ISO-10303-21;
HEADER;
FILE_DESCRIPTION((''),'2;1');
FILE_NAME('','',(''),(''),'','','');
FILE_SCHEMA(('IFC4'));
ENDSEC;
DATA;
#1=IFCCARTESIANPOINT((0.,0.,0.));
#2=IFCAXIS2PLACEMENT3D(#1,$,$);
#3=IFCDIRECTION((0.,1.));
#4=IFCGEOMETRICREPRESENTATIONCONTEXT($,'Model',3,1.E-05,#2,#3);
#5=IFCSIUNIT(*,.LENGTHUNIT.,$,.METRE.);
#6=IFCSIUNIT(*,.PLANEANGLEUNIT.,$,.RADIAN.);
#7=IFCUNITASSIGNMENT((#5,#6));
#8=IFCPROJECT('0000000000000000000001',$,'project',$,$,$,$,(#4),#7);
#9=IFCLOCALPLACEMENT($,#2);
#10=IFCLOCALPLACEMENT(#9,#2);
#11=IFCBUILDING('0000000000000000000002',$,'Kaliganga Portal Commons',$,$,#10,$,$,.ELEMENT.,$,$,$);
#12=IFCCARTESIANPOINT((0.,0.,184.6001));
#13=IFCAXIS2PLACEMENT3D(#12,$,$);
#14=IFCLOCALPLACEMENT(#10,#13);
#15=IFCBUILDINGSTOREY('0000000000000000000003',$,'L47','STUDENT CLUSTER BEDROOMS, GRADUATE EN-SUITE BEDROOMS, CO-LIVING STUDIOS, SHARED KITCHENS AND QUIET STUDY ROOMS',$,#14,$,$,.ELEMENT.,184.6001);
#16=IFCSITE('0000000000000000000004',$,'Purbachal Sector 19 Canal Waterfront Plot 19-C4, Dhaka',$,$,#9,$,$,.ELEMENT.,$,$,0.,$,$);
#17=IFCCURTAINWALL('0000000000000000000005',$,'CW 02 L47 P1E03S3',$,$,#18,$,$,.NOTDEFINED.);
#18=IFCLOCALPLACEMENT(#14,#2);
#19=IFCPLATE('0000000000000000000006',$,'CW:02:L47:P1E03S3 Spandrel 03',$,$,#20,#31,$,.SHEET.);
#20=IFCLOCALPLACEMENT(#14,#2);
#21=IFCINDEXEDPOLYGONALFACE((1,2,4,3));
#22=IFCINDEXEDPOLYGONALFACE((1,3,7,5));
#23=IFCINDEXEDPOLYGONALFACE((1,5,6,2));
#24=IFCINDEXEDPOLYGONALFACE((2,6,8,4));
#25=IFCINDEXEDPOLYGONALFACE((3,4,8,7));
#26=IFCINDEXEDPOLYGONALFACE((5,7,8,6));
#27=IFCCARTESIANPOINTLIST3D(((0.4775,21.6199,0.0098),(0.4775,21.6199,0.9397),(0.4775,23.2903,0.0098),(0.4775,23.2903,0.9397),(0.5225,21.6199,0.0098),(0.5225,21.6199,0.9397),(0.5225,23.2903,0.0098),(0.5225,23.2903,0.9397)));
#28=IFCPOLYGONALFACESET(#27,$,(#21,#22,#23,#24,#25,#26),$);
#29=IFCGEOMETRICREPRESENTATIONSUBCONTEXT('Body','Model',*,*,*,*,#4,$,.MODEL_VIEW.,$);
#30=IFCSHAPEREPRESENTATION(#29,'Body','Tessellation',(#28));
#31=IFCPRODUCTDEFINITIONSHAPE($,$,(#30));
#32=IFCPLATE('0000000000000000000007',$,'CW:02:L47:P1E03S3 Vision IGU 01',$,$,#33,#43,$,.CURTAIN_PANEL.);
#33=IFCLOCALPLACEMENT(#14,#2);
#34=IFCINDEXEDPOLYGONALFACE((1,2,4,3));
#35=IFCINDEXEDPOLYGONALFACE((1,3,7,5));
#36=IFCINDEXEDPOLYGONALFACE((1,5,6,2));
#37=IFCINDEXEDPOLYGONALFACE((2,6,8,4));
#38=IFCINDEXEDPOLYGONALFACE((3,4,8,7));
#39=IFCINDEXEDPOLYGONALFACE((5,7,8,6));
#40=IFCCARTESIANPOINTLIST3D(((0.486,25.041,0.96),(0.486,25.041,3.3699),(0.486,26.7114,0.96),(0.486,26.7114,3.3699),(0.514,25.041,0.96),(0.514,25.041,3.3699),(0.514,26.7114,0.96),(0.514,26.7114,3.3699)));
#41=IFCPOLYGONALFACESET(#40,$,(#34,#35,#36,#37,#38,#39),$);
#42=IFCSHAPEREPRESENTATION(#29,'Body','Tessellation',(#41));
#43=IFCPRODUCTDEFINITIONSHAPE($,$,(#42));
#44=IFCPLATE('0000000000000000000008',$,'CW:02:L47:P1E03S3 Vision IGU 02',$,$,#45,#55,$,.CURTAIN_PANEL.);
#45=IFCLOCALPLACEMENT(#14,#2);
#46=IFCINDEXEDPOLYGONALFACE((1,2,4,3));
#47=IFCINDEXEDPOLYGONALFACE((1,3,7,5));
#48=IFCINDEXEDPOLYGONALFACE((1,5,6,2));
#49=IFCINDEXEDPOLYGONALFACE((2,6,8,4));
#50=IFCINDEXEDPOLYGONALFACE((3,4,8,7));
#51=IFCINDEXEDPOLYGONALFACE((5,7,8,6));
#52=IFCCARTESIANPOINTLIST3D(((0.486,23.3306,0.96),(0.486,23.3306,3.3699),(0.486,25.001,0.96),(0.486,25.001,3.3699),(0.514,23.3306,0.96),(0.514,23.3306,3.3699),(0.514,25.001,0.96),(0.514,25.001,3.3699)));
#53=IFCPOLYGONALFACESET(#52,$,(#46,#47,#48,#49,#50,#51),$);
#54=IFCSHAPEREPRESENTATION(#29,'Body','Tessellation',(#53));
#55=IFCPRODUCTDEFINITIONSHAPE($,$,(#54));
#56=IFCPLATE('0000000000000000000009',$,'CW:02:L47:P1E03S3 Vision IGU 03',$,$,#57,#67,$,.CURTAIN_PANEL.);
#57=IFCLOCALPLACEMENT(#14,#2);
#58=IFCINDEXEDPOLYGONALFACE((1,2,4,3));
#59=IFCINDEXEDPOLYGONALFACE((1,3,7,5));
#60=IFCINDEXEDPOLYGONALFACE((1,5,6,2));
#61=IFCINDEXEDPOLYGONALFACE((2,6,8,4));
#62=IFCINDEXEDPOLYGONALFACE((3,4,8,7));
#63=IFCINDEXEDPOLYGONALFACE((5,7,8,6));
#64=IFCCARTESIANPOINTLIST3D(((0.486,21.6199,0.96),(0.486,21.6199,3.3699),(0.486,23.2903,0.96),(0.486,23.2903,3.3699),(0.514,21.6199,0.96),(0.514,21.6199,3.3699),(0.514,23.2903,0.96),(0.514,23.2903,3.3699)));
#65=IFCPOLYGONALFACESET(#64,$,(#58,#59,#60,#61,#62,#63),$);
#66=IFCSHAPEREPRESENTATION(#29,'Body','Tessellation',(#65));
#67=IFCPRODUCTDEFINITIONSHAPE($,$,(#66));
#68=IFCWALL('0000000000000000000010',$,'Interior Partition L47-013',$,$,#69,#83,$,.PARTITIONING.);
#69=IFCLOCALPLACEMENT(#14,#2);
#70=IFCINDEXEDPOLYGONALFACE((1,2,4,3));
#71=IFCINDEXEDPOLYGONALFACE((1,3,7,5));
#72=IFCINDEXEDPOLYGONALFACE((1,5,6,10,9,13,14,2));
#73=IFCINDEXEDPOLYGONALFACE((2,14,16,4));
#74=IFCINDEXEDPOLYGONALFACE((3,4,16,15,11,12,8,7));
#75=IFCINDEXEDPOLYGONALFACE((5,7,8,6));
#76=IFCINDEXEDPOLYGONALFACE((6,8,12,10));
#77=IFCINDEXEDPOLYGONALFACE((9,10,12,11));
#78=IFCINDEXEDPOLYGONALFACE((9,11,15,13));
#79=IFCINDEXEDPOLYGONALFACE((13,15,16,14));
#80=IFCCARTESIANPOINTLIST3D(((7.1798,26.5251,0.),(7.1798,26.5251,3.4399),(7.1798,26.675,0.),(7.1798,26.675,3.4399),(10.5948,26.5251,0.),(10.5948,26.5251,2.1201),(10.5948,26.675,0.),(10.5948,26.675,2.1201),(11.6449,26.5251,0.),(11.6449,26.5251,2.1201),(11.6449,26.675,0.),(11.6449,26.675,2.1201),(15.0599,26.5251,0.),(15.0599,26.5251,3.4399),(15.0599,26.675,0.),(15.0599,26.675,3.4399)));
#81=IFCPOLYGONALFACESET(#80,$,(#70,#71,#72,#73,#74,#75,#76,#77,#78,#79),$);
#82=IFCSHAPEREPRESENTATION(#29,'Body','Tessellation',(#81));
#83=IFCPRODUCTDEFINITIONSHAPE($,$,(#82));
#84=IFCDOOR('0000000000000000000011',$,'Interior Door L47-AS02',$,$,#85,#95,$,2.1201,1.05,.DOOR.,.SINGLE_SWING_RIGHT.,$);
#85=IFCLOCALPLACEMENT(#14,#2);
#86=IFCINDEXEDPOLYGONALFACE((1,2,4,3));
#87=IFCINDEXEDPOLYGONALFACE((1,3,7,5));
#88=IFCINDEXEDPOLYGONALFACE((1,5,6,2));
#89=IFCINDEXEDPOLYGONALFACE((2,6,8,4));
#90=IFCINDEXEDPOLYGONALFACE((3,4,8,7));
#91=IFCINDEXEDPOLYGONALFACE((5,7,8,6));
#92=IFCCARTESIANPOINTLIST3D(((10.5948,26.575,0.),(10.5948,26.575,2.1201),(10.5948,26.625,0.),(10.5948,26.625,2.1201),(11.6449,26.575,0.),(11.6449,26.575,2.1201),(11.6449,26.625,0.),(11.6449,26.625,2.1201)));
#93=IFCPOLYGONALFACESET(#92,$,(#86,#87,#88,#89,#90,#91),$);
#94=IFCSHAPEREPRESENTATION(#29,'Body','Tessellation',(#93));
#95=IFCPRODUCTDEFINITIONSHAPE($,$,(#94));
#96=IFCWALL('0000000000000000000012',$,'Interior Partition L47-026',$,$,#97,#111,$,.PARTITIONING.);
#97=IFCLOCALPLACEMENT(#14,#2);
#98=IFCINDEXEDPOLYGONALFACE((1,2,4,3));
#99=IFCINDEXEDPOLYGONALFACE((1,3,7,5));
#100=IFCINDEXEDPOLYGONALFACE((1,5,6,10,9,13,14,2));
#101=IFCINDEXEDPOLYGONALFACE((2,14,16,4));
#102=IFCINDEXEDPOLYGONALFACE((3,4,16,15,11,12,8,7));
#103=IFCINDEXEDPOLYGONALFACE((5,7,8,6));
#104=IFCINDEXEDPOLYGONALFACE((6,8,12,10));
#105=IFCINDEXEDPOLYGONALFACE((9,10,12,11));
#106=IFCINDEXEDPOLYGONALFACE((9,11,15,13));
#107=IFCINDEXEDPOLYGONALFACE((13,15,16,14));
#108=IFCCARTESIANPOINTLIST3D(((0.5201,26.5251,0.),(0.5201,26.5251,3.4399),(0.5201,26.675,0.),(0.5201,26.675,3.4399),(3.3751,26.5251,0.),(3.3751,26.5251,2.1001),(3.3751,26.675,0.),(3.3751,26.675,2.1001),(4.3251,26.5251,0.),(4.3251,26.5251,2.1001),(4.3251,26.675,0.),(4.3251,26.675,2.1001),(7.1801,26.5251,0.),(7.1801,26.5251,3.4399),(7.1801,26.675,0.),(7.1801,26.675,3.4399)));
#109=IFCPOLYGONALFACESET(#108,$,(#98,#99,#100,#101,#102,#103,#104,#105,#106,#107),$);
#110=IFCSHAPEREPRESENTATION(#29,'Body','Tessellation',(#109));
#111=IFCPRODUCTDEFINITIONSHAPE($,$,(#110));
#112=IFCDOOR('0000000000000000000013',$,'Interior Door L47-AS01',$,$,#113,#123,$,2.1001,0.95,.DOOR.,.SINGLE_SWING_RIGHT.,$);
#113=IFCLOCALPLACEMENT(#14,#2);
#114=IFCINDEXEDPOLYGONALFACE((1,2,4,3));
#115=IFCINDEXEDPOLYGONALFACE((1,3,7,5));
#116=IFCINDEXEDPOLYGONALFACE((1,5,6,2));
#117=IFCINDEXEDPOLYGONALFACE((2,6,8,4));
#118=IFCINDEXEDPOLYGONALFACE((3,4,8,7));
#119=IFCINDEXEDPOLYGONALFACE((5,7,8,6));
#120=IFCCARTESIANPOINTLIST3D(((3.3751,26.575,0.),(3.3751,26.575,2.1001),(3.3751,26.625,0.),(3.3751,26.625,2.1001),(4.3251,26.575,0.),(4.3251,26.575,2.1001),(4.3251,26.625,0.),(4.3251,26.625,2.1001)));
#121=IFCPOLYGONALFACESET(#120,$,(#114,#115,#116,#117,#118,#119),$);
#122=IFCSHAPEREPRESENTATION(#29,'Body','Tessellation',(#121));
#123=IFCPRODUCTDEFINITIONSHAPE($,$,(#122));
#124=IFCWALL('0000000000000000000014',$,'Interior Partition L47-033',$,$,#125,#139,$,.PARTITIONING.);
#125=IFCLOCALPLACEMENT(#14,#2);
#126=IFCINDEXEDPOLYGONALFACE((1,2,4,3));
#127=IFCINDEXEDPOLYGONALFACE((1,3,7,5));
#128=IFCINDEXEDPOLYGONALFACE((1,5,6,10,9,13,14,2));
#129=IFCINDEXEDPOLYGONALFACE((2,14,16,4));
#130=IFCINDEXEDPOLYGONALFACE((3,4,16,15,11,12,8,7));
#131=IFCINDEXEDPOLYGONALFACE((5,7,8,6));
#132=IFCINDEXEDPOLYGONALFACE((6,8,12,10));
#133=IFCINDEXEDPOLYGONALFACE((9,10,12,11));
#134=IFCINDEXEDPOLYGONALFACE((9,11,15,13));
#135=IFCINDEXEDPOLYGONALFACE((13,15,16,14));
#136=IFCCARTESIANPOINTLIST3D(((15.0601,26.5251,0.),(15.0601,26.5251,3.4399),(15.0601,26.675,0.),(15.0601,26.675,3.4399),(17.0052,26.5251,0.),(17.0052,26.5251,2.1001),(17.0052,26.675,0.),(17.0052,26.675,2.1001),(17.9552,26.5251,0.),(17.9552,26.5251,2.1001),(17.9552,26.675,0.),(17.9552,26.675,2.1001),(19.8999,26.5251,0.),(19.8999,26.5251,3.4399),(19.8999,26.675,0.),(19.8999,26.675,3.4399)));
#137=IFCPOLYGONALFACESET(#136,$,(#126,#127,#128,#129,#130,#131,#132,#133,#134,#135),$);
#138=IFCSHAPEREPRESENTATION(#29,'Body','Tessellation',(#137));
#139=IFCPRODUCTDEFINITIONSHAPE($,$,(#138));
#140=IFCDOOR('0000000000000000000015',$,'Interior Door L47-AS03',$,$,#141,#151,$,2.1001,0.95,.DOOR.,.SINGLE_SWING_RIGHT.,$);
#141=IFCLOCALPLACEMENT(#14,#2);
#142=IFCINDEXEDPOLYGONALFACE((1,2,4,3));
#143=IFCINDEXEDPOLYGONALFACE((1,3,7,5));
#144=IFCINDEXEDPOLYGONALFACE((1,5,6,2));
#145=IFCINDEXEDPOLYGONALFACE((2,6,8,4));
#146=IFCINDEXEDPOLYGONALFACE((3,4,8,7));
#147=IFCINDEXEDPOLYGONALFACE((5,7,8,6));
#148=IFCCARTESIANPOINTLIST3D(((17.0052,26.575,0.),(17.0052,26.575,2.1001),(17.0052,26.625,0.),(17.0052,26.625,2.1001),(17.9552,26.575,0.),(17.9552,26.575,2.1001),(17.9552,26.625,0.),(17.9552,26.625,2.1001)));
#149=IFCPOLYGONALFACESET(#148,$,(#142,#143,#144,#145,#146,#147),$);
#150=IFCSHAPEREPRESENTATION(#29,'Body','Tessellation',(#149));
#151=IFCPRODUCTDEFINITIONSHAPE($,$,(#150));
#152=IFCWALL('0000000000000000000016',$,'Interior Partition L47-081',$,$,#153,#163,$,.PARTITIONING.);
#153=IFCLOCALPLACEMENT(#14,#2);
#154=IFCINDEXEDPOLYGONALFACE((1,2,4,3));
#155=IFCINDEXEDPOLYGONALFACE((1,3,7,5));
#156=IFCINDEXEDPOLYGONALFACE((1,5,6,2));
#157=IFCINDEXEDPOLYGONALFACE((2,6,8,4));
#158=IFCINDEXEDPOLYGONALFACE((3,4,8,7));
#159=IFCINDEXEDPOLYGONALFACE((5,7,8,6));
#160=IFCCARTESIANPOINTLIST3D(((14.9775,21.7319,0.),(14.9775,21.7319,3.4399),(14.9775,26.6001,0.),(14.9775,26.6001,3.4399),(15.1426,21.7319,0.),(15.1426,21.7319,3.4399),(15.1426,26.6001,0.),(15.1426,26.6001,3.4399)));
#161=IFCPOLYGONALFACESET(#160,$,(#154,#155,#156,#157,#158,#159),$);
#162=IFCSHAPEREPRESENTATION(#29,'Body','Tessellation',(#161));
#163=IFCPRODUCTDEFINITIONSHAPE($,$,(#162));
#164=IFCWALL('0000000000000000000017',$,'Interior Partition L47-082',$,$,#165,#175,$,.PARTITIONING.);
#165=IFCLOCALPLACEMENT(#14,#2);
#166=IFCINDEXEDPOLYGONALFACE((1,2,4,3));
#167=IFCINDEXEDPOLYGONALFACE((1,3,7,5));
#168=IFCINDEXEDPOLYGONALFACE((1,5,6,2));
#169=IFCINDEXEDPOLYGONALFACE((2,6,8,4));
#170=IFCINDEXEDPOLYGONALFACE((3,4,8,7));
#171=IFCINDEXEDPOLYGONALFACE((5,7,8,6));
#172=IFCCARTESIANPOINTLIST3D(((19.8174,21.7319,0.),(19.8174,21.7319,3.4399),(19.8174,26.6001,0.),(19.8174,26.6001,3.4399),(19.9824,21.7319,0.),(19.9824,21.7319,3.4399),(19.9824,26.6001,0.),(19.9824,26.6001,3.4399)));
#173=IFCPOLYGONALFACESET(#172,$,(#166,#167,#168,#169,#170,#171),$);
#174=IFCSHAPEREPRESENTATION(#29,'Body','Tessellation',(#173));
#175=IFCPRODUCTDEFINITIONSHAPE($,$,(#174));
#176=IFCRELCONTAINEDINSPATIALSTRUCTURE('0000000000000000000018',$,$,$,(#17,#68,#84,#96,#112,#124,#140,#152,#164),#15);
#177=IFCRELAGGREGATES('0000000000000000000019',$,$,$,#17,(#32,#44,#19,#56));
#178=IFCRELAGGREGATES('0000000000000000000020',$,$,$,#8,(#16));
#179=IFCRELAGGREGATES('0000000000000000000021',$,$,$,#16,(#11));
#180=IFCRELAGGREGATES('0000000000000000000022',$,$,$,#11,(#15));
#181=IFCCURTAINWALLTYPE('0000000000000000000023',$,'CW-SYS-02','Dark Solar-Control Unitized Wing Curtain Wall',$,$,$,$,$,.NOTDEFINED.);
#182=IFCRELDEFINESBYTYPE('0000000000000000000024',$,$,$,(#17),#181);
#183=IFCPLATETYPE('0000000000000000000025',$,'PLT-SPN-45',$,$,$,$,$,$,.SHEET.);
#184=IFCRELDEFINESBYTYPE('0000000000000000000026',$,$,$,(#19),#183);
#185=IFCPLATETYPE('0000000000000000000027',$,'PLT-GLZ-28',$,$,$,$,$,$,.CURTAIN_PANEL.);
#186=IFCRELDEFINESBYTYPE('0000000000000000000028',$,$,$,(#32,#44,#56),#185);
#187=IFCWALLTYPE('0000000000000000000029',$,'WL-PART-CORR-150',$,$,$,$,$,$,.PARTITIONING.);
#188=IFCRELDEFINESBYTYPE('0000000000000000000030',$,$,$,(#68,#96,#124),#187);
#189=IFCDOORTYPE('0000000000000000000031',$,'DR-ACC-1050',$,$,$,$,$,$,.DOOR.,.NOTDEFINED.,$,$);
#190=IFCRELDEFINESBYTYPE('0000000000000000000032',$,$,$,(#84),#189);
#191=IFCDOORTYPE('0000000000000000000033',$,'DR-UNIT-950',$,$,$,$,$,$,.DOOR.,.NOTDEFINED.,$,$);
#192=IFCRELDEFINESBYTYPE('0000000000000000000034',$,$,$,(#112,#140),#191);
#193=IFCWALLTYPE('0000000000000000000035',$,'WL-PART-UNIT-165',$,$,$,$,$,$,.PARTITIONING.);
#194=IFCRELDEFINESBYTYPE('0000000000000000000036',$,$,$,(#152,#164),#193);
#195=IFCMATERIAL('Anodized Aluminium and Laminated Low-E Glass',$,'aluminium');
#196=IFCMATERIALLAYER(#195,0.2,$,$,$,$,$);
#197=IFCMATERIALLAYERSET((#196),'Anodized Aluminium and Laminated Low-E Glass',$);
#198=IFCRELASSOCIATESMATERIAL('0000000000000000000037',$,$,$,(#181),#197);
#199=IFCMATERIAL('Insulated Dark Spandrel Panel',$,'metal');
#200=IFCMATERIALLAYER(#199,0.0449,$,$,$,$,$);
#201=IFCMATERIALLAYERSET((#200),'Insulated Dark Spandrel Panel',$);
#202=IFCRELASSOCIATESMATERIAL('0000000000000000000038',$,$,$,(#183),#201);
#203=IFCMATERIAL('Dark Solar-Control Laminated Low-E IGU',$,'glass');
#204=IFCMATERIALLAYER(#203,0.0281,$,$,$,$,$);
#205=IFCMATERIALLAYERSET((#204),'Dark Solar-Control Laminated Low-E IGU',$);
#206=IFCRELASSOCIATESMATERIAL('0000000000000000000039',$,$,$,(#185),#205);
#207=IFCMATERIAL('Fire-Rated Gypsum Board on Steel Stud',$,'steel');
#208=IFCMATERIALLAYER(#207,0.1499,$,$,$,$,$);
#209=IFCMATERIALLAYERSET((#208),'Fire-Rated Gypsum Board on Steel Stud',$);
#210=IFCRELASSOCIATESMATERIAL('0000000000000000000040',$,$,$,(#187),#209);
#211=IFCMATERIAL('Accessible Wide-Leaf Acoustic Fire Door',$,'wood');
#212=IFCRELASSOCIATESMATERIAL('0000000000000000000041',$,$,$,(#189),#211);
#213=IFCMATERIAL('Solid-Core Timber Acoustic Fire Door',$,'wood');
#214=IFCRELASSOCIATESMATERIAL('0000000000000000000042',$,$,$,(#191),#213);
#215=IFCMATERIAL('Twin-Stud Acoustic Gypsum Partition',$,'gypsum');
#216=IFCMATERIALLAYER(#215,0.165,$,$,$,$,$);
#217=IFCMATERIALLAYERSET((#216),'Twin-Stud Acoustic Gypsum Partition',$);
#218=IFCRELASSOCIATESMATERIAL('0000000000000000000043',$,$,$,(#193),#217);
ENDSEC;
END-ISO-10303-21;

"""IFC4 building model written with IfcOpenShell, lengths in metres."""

from ifc_helpers import new_model, si_unit, direction, frame, frame_2d, origin, origin_2d, place, context, subcontext, project, spatial, rectangle, extrude, source, transform, mapped, material, layer, layer_set, type_object, element, fill, aggregate, save


model = new_model("IFC4")

# Units and contexts
model_context = context("Model", 3, precision=1e-05, world=origin(), true_north=direction((0.0, 1.0)))
body_context = subcontext(model_context, "Body", "Model", "MODEL_VIEW")
ifc_project = project(units=[si_unit("LENGTHUNIT", "METRE"), si_unit("PLANEANGLEUNIT", "RADIAN")], contexts=[model_context])

# Site, building, storey
site_placement = place(None, origin())
site = spatial("IfcSite", under=ifc_project, at=site_placement, Name="Purbachal Sector 19 Canal Waterfront Plot 19-C4, Dhaka", CompositionType="ELEMENT", RefElevation=0.0)
building_placement = place(site_placement, origin())
building = spatial("IfcBuilding", under=site, at=building_placement, Name="Kaliganga Portal Commons", CompositionType="ELEMENT")
storey_placement = place(building_placement, frame((0.0, 0.0, 184.6001)))
storey = spatial("IfcBuildingStorey", under=building, at=storey_placement, Name="L47", Description="STUDENT CLUSTER BEDROOMS, GRADUATE EN-SUITE BEDROOMS, CO-LIVING STUDIOS, SHARED KITCHENS AND QUIET STUDY ROOMS", CompositionType="ELEMENT", Elevation=184.6001)

# Curtain wall, plates
ifc_material_1 = material(Name="Anodized Aluminium and Laminated Low-E Glass", Category="aluminium")
ifc_layer_1 = layer(ifc_material_1, 0.2)
ifc_layer_set_1 = layer_set([ifc_layer_1], Name="Anodized Aluminium and Laminated Low-E Glass")
curtain_wall_type = type_object("IfcCurtainWallType", Name="CW-SYS-02", Description="Dark Solar-Control Unitized Wing Curtain Wall", PredefinedType="NOTDEFINED", material=ifc_layer_set_1)
curtain_wall_placement = place(storey_placement, origin())
curtain_wall = element("IfcCurtainWall", 1, at=curtain_wall_placement, inside=storey, type_object=curtain_wall_type, Name="CW 02 L47 P1E03S3", PredefinedType="NOTDEFINED")
ifc_material_2 = material(Name="Insulated Dark Spandrel Panel", Category="metal")
ifc_layer_2 = layer(ifc_material_2, 0.0449)
ifc_layer_set_2 = layer_set([ifc_layer_2], Name="Insulated Dark Spandrel Panel")
plate_type_1 = type_object("IfcPlateType", Name="PLT-SPN-45", PredefinedType="SHEET", material=ifc_layer_set_2)
shared_shape_1 = source(origin(), body_context, "Body", "SweptSolid", [
    extrude(rectangle(XDim=1.6704, YDim=0.0449, at=origin_2d()), origin(), (0.0, 0.0, 1.0), 0.9299),
])
plate_1_placement = place(storey_placement, frame((0.5, 22.4551, 0.0098), z_axis=(0.0, 0.0, 1.0), x_axis=(0.0, -1.0, 0.0)))
plate_1 = element("IfcPlate", 2, at=plate_1_placement, type_object=plate_type_1, Name="CW:02:L47:P1E03S3 Spandrel 03", PredefinedType="SHEET", context=body_context, shape_type="MappedRepresentation", body=[
    mapped(shared_shape_1, transform((0.0, 0.0, 0.0), x_axis=(1.0, 0.0, 0.0), y_axis=(0.0, 1.0, 0.0), z_axis=(0.0, 0.0, 1.0), scale=1.0)),
])
ifc_material_3 = material(Name="Dark Solar-Control Laminated Low-E IGU", Category="glass")
ifc_layer_3 = layer(ifc_material_3, 0.0281)
ifc_layer_set_3 = layer_set([ifc_layer_3], Name="Dark Solar-Control Laminated Low-E IGU")
plate_type_2 = type_object("IfcPlateType", Name="PLT-GLZ-28", PredefinedType="CURTAIN_PANEL", material=ifc_layer_set_3)
shared_shape_2 = source(origin(), body_context, "Body", "SweptSolid", [
    extrude(rectangle(XDim=1.6704, YDim=0.0281, at=origin_2d()), origin(), (0.0, 0.0, 1.0), 2.4099),
])
plate_2_placement = place(storey_placement, frame((0.5, 25.8762, 0.96), z_axis=(0.0, 0.0, 1.0), x_axis=(0.0, -1.0, 0.0)))
plate_2 = element("IfcPlate", 3, at=plate_2_placement, type_object=plate_type_2, Name="CW:02:L47:P1E03S3 Vision IGU 01", PredefinedType="CURTAIN_PANEL", context=body_context, shape_type="MappedRepresentation", body=[
    mapped(shared_shape_2, transform((0.0, 0.0, 0.0), x_axis=(1.0, 0.0, 0.0), y_axis=(0.0, 1.0, 0.0), z_axis=(0.0, 0.0, 1.0), scale=1.0)),
])
plate_3_placement = place(storey_placement, frame((0.5, 24.1658, 0.96), z_axis=(0.0, 0.0, 1.0), x_axis=(0.0, -1.0, 0.0)))
plate_3 = element("IfcPlate", 4, at=plate_3_placement, type_object=plate_type_2, Name="CW:02:L47:P1E03S3 Vision IGU 02", PredefinedType="CURTAIN_PANEL", context=body_context, shape_type="MappedRepresentation", body=[
    mapped(shared_shape_2, transform((0.0, 0.0, 0.0), x_axis=(1.0, 0.0, 0.0), y_axis=(0.0, 1.0, 0.0), z_axis=(0.0, 0.0, 1.0), scale=1.0)),
])
plate_4_placement = place(storey_placement, frame((0.5, 22.4551, 0.96), z_axis=(0.0, 0.0, 1.0), x_axis=(0.0, -1.0, 0.0)))
plate_4 = element("IfcPlate", 5, at=plate_4_placement, type_object=plate_type_2, Name="CW:02:L47:P1E03S3 Vision IGU 03", PredefinedType="CURTAIN_PANEL", context=body_context, shape_type="MappedRepresentation", body=[
    mapped(shared_shape_2, transform((0.0, 0.0, 0.0), x_axis=(1.0, 0.0, 0.0), y_axis=(0.0, 1.0, 0.0), z_axis=(0.0, 0.0, 1.0), scale=1.0)),
])
aggregate(curtain_wall, [plate_2, plate_3, plate_1, plate_4])

# Walls, openings, doors
ifc_material_4 = material(Name="Fire-Rated Gypsum Board on Steel Stud", Category="steel")
ifc_layer_4 = layer(ifc_material_4, 0.1499)
ifc_layer_set_4 = layer_set([ifc_layer_4], Name="Fire-Rated Gypsum Board on Steel Stud")
wall_type_1 = type_object("IfcWallType", Name="WL-PART-CORR-150", PredefinedType="PARTITIONING", material=ifc_layer_set_4)
wall_1_placement = place(storey_placement, frame((7.1799, 26.6001, 0.0), z_axis=(0.0, 0.0, 1.0), x_axis=(1.0, 0.0, 0.0)))
wall_1 = element("IfcWall", 6, at=wall_1_placement, inside=storey, type_object=wall_type_1, Name="Interior Partition L47-013", PredefinedType="PARTITIONING", context=body_context, shape_type="SweptSolid", body=[
    extrude(rectangle(XDim=7.8801, YDim=0.1499, at=frame_2d((3.9399, 0.0))), origin(), (0.0, 0.0, 1.0), 3.4399),
])
opening_1_placement = place(wall_1_placement, frame((3.415, 0.0, 0.0)))
opening_1 = element("IfcOpeningElement", 7, at=opening_1_placement, cuts=wall_1, PredefinedType="OPENING", context=body_context, shape_type="SweptSolid", body=[
    extrude(rectangle(XDim=1.05, YDim=2.1201, at=frame_2d((0.5249, 1.0601))), frame((0.0, 0.085, 0.0), z_axis=(0.0, -1.0, 0.0), x_axis=(1.0, 0.0, 0.0)), (0.0, 0.0, 1.0), 0.1699),
])
ifc_material_5 = material(Name="Accessible Wide-Leaf Acoustic Fire Door", Category="wood")
door_type_1 = type_object("IfcDoorType", Name="DR-ACC-1050", OperationType="NOTDEFINED", PredefinedType="DOOR", material=ifc_material_5)
door_1_placement = place(opening_1_placement, origin())
door_1 = element("IfcDoor", 8, at=door_1_placement, inside=storey, type_object=door_type_1, Name="Interior Door L47-AS02", OperationType="SINGLE_SWING_RIGHT", OverallHeight=2.1201, OverallWidth=1.05, PredefinedType="DOOR", context=body_context, shape_type="SweptSolid", body=[
    extrude(rectangle(XDim=1.05, YDim=2.1201, at=frame_2d((0.5249, 1.0601))), frame((0.0, 0.0249, 0.0), z_axis=(0.0, -1.0, 0.0), x_axis=(1.0, 0.0, 0.0)), (0.0, 0.0, 1.0), 0.05),
])
fill(opening_1, door_1)
wall_2_placement = place(storey_placement, frame((0.52, 26.6001, 0.0), z_axis=(0.0, 0.0, 1.0), x_axis=(1.0, 0.0, 0.0)))
wall_2 = element("IfcWall", 9, at=wall_2_placement, inside=storey, type_object=wall_type_1, Name="Interior Partition L47-026", PredefinedType="PARTITIONING", context=body_context, shape_type="SweptSolid", body=[
    extrude(rectangle(XDim=6.6599, YDim=0.1499, at=frame_2d((3.3301, 0.0))), origin(), (0.0, 0.0, 1.0), 3.4399),
])
opening_2_placement = place(wall_2_placement, frame((2.855, 0.0, 0.0)))
opening_2 = element("IfcOpeningElement", 10, at=opening_2_placement, cuts=wall_2, PredefinedType="OPENING", context=body_context, shape_type="SweptSolid", body=[
    extrude(rectangle(XDim=0.95, YDim=2.1001, at=frame_2d((0.4751, 1.05))), frame((0.0, 0.085, 0.0), z_axis=(0.0, -1.0, 0.0), x_axis=(1.0, 0.0, 0.0)), (0.0, 0.0, 1.0), 0.1699),
])
ifc_material_6 = material(Name="Solid-Core Timber Acoustic Fire Door", Category="wood")
door_type_2 = type_object("IfcDoorType", Name="DR-UNIT-950", OperationType="NOTDEFINED", PredefinedType="DOOR", material=ifc_material_6)
door_2_placement = place(opening_2_placement, origin())
door_2 = element("IfcDoor", 11, at=door_2_placement, inside=storey, type_object=door_type_2, Name="Interior Door L47-AS01", OperationType="SINGLE_SWING_RIGHT", OverallHeight=2.1001, OverallWidth=0.95, PredefinedType="DOOR", context=body_context, shape_type="SweptSolid", body=[
    extrude(rectangle(XDim=0.95, YDim=2.1001, at=frame_2d((0.4751, 1.05))), frame((0.0, 0.0249, 0.0), z_axis=(0.0, -1.0, 0.0), x_axis=(1.0, 0.0, 0.0)), (0.0, 0.0, 1.0), 0.05),
])
fill(opening_2, door_2)
wall_3_placement = place(storey_placement, frame((15.0601, 26.6001, 0.0), z_axis=(0.0, 0.0, 1.0), x_axis=(1.0, 0.0, 0.0)))
wall_3 = element("IfcWall", 12, at=wall_3_placement, inside=storey, type_object=wall_type_1, Name="Interior Partition L47-033", PredefinedType="PARTITIONING", context=body_context, shape_type="SweptSolid", body=[
    extrude(rectangle(XDim=4.8398, YDim=0.1499, at=frame_2d((2.4199, 0.0))), origin(), (0.0, 0.0, 1.0), 3.4399),
])
opening_3_placement = place(wall_3_placement, frame((1.9451, 0.0, 0.0)))
opening_3 = element("IfcOpeningElement", 13, at=opening_3_placement, cuts=wall_3, PredefinedType="OPENING", context=body_context, shape_type="SweptSolid", body=[
    extrude(rectangle(XDim=0.95, YDim=2.1001, at=frame_2d((0.4751, 1.05))), frame((0.0, 0.085, 0.0), z_axis=(0.0, -1.0, 0.0), x_axis=(1.0, 0.0, 0.0)), (0.0, 0.0, 1.0), 0.1699),
])
door_3_placement = place(opening_3_placement, origin())
door_3 = element("IfcDoor", 14, at=door_3_placement, inside=storey, type_object=door_type_2, Name="Interior Door L47-AS03", OperationType="SINGLE_SWING_RIGHT", OverallHeight=2.1001, OverallWidth=0.95, PredefinedType="DOOR", context=body_context, shape_type="SweptSolid", body=[
    extrude(rectangle(XDim=0.95, YDim=2.1001, at=frame_2d((0.4751, 1.05))), frame((0.0, 0.0249, 0.0), z_axis=(0.0, -1.0, 0.0), x_axis=(1.0, 0.0, 0.0)), (0.0, 0.0, 1.0), 0.05),
])
fill(opening_3, door_3)

# Walls
ifc_material_7 = material(Name="Twin-Stud Acoustic Gypsum Partition", Category="gypsum")
ifc_layer_5 = layer(ifc_material_7, 0.165)
ifc_layer_set_5 = layer_set([ifc_layer_5], Name="Twin-Stud Acoustic Gypsum Partition")
wall_type_2 = type_object("IfcWallType", Name="WL-PART-UNIT-165", PredefinedType="PARTITIONING", material=ifc_layer_set_5)
for number, where, z_axis, x_axis, name in (
    (15, (15.0601, 21.7319, 0.0), (0.0, 0.0, 1.0), (0.0, 1.0, 0.0), "Interior Partition L47-081"),
    (16, (19.8999, 21.7319, 0.0), (0.0, 0.0, 1.0), (0.0, 1.0, 0.0), "Interior Partition L47-082"),
):
    element("IfcWall", number, at=place(storey_placement, frame(where, z_axis=z_axis, x_axis=x_axis)), inside=storey, type_object=wall_type_2, Name=name, PredefinedType="PARTITIONING", context=body_context, shape_type="SweptSolid", body=[
        extrude(rectangle(XDim=4.8682, YDim=0.165, at=frame_2d((2.4341, 0.0))), origin(), (0.0, 0.0, 1.0), 3.4399),
    ])

save(model, "model.ifc")
